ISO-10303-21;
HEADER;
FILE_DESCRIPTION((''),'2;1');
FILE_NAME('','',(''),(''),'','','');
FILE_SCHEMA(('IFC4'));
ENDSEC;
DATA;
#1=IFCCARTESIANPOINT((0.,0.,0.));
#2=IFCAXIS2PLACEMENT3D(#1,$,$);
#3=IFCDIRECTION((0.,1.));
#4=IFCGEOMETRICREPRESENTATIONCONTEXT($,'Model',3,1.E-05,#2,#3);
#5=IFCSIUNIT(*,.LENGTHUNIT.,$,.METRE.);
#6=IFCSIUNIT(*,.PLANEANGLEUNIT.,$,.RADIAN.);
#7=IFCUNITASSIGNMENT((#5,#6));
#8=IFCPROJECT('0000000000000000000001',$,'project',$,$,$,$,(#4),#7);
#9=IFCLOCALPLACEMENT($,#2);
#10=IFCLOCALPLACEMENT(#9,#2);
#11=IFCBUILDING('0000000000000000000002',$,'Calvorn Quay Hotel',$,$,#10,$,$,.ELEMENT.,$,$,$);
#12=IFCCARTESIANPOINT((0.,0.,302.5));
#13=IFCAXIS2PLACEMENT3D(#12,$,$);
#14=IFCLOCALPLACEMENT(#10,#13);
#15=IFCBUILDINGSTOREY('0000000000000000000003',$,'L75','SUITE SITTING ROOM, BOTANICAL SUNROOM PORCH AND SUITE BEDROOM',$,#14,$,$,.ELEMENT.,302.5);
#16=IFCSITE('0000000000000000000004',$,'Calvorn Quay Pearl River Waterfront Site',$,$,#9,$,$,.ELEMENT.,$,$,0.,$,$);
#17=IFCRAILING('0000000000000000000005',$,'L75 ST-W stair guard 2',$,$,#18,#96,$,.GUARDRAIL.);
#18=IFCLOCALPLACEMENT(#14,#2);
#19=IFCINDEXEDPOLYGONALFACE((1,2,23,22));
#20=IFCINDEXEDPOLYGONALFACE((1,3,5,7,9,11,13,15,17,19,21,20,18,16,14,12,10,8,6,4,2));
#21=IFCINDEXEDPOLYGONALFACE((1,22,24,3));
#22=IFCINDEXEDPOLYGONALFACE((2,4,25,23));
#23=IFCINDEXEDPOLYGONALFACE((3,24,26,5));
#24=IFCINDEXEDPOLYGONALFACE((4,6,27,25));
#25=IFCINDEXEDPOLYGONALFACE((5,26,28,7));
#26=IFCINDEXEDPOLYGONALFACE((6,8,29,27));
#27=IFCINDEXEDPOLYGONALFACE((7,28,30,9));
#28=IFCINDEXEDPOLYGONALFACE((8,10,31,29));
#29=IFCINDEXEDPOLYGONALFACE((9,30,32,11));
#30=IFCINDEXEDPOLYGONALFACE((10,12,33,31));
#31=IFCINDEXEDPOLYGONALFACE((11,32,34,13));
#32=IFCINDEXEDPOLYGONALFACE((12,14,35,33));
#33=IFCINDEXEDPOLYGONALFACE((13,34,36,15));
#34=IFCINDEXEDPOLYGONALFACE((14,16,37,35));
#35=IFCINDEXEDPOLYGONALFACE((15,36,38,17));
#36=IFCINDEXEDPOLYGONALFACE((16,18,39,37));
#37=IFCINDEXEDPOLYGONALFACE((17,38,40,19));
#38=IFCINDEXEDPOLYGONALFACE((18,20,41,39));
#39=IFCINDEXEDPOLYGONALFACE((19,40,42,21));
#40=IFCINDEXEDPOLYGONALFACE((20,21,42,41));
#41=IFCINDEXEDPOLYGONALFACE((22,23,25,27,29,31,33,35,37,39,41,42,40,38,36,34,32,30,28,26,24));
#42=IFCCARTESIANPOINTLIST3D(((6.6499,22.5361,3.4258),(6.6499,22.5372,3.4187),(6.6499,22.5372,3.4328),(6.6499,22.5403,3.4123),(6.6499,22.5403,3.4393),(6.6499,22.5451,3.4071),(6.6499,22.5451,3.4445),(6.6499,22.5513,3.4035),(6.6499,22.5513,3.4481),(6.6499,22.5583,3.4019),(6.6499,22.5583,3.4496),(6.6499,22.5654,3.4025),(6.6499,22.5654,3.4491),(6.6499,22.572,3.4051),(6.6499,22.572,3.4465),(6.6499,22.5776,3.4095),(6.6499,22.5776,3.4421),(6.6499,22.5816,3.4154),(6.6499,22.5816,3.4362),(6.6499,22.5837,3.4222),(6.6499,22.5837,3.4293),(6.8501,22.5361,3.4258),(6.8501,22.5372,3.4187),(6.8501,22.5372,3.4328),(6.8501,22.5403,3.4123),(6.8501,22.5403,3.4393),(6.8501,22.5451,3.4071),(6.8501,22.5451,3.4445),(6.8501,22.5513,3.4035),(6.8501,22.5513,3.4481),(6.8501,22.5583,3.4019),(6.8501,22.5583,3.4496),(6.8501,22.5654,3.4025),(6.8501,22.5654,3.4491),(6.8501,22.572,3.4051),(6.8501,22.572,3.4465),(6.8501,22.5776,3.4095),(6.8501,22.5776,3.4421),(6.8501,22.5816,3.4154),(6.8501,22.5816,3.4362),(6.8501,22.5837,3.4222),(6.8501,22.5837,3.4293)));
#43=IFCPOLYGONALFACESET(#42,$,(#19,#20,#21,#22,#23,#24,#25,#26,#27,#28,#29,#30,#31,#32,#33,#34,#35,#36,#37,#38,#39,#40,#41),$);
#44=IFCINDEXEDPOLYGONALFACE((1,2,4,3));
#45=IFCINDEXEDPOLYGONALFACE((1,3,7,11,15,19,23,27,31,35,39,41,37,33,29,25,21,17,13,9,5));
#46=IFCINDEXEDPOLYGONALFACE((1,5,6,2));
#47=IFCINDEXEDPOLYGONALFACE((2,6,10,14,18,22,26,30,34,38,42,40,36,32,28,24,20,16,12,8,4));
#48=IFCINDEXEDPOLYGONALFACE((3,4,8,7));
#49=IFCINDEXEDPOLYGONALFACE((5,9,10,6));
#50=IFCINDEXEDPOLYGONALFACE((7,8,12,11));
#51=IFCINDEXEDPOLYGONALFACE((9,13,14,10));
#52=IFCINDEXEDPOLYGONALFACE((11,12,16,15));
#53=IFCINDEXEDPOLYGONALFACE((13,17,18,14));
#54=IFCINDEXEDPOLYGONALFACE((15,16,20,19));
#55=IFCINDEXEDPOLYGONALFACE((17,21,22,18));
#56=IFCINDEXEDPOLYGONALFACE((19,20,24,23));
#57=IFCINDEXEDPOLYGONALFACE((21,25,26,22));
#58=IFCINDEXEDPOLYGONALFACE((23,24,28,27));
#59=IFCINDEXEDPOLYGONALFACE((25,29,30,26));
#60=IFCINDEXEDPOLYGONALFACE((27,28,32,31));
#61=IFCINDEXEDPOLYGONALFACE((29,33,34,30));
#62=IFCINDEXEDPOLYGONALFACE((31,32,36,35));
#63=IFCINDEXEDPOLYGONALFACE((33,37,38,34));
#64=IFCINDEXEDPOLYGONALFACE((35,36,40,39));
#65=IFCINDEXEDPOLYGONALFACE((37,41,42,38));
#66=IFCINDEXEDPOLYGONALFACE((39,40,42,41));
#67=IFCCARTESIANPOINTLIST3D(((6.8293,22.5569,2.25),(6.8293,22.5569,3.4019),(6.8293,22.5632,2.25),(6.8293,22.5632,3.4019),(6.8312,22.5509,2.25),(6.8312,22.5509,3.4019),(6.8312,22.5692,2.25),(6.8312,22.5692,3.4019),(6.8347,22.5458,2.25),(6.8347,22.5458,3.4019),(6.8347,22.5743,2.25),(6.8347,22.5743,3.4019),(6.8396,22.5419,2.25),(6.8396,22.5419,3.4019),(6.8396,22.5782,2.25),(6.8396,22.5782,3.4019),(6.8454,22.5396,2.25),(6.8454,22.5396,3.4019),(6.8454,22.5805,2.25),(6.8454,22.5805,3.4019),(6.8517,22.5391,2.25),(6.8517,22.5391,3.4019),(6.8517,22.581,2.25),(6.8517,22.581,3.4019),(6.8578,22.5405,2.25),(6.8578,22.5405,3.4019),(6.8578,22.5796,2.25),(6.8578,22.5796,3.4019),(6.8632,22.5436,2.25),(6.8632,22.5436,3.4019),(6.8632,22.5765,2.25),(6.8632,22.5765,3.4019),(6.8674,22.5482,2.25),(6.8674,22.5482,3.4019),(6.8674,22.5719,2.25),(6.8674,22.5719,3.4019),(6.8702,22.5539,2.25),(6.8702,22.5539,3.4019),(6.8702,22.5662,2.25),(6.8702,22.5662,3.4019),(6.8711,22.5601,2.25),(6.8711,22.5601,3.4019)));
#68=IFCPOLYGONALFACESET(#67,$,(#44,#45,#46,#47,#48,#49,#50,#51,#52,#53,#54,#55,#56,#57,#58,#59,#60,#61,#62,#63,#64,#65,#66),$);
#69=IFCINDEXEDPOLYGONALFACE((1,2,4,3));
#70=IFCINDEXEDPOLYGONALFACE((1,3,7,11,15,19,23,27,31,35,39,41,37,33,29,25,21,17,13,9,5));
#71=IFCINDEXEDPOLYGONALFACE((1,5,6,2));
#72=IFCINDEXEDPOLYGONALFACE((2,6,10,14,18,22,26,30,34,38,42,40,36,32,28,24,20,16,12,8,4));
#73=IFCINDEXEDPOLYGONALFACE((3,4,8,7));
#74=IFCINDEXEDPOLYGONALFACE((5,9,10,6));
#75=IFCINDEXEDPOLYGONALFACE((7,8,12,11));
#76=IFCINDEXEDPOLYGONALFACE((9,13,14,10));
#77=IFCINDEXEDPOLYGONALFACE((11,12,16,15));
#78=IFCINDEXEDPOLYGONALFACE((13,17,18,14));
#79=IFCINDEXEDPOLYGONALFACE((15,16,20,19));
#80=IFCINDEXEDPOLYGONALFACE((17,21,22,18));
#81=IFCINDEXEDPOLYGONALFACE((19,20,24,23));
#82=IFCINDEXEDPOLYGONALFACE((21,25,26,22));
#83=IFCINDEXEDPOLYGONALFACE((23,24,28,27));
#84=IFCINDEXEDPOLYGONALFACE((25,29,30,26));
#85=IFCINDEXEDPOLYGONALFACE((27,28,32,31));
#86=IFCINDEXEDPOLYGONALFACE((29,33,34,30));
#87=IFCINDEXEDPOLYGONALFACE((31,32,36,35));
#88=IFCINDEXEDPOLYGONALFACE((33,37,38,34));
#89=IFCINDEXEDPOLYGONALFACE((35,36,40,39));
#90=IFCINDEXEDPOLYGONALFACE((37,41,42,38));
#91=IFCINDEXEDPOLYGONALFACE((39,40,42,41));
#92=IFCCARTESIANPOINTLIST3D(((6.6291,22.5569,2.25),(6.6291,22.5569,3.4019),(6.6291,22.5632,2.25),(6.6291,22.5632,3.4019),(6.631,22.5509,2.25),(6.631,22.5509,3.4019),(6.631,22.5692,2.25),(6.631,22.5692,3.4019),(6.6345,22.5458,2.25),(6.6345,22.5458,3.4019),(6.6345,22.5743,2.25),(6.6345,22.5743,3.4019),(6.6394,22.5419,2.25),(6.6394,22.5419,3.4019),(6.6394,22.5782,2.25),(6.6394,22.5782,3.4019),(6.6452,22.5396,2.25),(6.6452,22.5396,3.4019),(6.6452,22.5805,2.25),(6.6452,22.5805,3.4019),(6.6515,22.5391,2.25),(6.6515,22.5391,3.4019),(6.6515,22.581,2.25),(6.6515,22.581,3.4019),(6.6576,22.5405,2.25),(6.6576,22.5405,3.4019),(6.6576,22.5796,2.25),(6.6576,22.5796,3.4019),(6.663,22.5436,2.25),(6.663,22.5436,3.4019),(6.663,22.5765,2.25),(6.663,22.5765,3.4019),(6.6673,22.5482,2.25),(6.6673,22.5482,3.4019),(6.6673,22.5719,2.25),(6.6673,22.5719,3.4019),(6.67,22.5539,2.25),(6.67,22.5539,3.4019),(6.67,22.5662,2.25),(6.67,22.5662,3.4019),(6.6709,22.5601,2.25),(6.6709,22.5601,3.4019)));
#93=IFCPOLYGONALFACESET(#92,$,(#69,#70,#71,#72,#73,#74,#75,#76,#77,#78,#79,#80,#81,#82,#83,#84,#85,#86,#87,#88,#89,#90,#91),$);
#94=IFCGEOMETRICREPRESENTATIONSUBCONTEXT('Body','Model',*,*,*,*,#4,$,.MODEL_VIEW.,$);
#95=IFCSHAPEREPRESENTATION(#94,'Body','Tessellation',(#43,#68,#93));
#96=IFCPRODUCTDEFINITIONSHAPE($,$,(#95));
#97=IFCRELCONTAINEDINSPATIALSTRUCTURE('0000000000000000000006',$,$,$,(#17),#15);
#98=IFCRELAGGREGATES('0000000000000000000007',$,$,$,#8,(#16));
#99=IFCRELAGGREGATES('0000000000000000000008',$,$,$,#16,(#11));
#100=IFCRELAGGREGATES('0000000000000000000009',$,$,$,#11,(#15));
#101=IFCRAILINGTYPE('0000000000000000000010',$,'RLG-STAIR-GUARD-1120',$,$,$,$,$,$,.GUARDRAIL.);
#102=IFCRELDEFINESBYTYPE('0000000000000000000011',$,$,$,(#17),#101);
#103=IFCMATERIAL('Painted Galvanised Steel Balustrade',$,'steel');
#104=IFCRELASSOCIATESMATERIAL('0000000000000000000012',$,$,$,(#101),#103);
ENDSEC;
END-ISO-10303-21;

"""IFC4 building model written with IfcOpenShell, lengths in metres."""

from ifc_helpers import new_model, si_unit, direction, frame, origin, origin_2d, place, context, subcontext, project, spatial, circle, extrude, material, type_object, element, save


model = new_model("IFC4")

# Units and contexts
model_context = context("Model", 3, precision=1e-05, world=origin(), true_north=direction((0.0, 1.0)))
body_context = subcontext(model_context, "Body", "Model", "MODEL_VIEW")
ifc_project = project(units=[si_unit("LENGTHUNIT", "METRE"), si_unit("PLANEANGLEUNIT", "RADIAN")], contexts=[model_context])

# Site, building, storey
site_placement = place(None, origin())
site = spatial("IfcSite", under=ifc_project, at=site_placement, Name="Calvorn Quay Pearl River Waterfront Site", CompositionType="ELEMENT", RefElevation=0.0)
building_placement = place(site_placement, origin())
building = spatial("IfcBuilding", under=site, at=building_placement, Name="Calvorn Quay Hotel", CompositionType="ELEMENT")
storey_placement = place(building_placement, frame((0.0, 0.0, 302.5)))
storey = spatial("IfcBuildingStorey", under=building, at=storey_placement, Name="L75", Description="SUITE SITTING ROOM, BOTANICAL SUNROOM PORCH AND SUITE BEDROOM", CompositionType="ELEMENT", Elevation=302.5)

# Railing
ifc_material_1 = material(Name="Painted Galvanised Steel Balustrade", Category="steel")
railing_type_1 = type_object("IfcRailingType", Name="RLG-STAIR-GUARD-1120", PredefinedType="GUARDRAIL", material=ifc_material_1)
railing_1_placement = place(storey_placement, frame((6.8501, 22.5601, 2.25)))
element("IfcRailing", 1, at=railing_1_placement, inside=storey, type_object=railing_type_1, Name="L75 ST-W stair guard 2", PredefinedType="GUARDRAIL", context=body_context, shape_type="SweptSolid", body=[
    extrude(circle(Radius=0.0239, at=origin_2d()), frame((0.0, 0.0, 1.1758), z_axis=(-1.0, 0.0, 0.0), x_axis=(0.0, -1.0, 0.0)), (0.0, 0.0, 1.0), 0.2002),
    extrude(circle(Radius=0.021, at=origin_2d()), origin(), (0.0, 0.0, 1.0), 1.1519),
    extrude(circle(Radius=0.021, at=origin_2d()), frame((-0.2002, 0.0, 0.0)), (0.0, 0.0, 1.0), 1.1519),
])

save(model, "model.ifc")
